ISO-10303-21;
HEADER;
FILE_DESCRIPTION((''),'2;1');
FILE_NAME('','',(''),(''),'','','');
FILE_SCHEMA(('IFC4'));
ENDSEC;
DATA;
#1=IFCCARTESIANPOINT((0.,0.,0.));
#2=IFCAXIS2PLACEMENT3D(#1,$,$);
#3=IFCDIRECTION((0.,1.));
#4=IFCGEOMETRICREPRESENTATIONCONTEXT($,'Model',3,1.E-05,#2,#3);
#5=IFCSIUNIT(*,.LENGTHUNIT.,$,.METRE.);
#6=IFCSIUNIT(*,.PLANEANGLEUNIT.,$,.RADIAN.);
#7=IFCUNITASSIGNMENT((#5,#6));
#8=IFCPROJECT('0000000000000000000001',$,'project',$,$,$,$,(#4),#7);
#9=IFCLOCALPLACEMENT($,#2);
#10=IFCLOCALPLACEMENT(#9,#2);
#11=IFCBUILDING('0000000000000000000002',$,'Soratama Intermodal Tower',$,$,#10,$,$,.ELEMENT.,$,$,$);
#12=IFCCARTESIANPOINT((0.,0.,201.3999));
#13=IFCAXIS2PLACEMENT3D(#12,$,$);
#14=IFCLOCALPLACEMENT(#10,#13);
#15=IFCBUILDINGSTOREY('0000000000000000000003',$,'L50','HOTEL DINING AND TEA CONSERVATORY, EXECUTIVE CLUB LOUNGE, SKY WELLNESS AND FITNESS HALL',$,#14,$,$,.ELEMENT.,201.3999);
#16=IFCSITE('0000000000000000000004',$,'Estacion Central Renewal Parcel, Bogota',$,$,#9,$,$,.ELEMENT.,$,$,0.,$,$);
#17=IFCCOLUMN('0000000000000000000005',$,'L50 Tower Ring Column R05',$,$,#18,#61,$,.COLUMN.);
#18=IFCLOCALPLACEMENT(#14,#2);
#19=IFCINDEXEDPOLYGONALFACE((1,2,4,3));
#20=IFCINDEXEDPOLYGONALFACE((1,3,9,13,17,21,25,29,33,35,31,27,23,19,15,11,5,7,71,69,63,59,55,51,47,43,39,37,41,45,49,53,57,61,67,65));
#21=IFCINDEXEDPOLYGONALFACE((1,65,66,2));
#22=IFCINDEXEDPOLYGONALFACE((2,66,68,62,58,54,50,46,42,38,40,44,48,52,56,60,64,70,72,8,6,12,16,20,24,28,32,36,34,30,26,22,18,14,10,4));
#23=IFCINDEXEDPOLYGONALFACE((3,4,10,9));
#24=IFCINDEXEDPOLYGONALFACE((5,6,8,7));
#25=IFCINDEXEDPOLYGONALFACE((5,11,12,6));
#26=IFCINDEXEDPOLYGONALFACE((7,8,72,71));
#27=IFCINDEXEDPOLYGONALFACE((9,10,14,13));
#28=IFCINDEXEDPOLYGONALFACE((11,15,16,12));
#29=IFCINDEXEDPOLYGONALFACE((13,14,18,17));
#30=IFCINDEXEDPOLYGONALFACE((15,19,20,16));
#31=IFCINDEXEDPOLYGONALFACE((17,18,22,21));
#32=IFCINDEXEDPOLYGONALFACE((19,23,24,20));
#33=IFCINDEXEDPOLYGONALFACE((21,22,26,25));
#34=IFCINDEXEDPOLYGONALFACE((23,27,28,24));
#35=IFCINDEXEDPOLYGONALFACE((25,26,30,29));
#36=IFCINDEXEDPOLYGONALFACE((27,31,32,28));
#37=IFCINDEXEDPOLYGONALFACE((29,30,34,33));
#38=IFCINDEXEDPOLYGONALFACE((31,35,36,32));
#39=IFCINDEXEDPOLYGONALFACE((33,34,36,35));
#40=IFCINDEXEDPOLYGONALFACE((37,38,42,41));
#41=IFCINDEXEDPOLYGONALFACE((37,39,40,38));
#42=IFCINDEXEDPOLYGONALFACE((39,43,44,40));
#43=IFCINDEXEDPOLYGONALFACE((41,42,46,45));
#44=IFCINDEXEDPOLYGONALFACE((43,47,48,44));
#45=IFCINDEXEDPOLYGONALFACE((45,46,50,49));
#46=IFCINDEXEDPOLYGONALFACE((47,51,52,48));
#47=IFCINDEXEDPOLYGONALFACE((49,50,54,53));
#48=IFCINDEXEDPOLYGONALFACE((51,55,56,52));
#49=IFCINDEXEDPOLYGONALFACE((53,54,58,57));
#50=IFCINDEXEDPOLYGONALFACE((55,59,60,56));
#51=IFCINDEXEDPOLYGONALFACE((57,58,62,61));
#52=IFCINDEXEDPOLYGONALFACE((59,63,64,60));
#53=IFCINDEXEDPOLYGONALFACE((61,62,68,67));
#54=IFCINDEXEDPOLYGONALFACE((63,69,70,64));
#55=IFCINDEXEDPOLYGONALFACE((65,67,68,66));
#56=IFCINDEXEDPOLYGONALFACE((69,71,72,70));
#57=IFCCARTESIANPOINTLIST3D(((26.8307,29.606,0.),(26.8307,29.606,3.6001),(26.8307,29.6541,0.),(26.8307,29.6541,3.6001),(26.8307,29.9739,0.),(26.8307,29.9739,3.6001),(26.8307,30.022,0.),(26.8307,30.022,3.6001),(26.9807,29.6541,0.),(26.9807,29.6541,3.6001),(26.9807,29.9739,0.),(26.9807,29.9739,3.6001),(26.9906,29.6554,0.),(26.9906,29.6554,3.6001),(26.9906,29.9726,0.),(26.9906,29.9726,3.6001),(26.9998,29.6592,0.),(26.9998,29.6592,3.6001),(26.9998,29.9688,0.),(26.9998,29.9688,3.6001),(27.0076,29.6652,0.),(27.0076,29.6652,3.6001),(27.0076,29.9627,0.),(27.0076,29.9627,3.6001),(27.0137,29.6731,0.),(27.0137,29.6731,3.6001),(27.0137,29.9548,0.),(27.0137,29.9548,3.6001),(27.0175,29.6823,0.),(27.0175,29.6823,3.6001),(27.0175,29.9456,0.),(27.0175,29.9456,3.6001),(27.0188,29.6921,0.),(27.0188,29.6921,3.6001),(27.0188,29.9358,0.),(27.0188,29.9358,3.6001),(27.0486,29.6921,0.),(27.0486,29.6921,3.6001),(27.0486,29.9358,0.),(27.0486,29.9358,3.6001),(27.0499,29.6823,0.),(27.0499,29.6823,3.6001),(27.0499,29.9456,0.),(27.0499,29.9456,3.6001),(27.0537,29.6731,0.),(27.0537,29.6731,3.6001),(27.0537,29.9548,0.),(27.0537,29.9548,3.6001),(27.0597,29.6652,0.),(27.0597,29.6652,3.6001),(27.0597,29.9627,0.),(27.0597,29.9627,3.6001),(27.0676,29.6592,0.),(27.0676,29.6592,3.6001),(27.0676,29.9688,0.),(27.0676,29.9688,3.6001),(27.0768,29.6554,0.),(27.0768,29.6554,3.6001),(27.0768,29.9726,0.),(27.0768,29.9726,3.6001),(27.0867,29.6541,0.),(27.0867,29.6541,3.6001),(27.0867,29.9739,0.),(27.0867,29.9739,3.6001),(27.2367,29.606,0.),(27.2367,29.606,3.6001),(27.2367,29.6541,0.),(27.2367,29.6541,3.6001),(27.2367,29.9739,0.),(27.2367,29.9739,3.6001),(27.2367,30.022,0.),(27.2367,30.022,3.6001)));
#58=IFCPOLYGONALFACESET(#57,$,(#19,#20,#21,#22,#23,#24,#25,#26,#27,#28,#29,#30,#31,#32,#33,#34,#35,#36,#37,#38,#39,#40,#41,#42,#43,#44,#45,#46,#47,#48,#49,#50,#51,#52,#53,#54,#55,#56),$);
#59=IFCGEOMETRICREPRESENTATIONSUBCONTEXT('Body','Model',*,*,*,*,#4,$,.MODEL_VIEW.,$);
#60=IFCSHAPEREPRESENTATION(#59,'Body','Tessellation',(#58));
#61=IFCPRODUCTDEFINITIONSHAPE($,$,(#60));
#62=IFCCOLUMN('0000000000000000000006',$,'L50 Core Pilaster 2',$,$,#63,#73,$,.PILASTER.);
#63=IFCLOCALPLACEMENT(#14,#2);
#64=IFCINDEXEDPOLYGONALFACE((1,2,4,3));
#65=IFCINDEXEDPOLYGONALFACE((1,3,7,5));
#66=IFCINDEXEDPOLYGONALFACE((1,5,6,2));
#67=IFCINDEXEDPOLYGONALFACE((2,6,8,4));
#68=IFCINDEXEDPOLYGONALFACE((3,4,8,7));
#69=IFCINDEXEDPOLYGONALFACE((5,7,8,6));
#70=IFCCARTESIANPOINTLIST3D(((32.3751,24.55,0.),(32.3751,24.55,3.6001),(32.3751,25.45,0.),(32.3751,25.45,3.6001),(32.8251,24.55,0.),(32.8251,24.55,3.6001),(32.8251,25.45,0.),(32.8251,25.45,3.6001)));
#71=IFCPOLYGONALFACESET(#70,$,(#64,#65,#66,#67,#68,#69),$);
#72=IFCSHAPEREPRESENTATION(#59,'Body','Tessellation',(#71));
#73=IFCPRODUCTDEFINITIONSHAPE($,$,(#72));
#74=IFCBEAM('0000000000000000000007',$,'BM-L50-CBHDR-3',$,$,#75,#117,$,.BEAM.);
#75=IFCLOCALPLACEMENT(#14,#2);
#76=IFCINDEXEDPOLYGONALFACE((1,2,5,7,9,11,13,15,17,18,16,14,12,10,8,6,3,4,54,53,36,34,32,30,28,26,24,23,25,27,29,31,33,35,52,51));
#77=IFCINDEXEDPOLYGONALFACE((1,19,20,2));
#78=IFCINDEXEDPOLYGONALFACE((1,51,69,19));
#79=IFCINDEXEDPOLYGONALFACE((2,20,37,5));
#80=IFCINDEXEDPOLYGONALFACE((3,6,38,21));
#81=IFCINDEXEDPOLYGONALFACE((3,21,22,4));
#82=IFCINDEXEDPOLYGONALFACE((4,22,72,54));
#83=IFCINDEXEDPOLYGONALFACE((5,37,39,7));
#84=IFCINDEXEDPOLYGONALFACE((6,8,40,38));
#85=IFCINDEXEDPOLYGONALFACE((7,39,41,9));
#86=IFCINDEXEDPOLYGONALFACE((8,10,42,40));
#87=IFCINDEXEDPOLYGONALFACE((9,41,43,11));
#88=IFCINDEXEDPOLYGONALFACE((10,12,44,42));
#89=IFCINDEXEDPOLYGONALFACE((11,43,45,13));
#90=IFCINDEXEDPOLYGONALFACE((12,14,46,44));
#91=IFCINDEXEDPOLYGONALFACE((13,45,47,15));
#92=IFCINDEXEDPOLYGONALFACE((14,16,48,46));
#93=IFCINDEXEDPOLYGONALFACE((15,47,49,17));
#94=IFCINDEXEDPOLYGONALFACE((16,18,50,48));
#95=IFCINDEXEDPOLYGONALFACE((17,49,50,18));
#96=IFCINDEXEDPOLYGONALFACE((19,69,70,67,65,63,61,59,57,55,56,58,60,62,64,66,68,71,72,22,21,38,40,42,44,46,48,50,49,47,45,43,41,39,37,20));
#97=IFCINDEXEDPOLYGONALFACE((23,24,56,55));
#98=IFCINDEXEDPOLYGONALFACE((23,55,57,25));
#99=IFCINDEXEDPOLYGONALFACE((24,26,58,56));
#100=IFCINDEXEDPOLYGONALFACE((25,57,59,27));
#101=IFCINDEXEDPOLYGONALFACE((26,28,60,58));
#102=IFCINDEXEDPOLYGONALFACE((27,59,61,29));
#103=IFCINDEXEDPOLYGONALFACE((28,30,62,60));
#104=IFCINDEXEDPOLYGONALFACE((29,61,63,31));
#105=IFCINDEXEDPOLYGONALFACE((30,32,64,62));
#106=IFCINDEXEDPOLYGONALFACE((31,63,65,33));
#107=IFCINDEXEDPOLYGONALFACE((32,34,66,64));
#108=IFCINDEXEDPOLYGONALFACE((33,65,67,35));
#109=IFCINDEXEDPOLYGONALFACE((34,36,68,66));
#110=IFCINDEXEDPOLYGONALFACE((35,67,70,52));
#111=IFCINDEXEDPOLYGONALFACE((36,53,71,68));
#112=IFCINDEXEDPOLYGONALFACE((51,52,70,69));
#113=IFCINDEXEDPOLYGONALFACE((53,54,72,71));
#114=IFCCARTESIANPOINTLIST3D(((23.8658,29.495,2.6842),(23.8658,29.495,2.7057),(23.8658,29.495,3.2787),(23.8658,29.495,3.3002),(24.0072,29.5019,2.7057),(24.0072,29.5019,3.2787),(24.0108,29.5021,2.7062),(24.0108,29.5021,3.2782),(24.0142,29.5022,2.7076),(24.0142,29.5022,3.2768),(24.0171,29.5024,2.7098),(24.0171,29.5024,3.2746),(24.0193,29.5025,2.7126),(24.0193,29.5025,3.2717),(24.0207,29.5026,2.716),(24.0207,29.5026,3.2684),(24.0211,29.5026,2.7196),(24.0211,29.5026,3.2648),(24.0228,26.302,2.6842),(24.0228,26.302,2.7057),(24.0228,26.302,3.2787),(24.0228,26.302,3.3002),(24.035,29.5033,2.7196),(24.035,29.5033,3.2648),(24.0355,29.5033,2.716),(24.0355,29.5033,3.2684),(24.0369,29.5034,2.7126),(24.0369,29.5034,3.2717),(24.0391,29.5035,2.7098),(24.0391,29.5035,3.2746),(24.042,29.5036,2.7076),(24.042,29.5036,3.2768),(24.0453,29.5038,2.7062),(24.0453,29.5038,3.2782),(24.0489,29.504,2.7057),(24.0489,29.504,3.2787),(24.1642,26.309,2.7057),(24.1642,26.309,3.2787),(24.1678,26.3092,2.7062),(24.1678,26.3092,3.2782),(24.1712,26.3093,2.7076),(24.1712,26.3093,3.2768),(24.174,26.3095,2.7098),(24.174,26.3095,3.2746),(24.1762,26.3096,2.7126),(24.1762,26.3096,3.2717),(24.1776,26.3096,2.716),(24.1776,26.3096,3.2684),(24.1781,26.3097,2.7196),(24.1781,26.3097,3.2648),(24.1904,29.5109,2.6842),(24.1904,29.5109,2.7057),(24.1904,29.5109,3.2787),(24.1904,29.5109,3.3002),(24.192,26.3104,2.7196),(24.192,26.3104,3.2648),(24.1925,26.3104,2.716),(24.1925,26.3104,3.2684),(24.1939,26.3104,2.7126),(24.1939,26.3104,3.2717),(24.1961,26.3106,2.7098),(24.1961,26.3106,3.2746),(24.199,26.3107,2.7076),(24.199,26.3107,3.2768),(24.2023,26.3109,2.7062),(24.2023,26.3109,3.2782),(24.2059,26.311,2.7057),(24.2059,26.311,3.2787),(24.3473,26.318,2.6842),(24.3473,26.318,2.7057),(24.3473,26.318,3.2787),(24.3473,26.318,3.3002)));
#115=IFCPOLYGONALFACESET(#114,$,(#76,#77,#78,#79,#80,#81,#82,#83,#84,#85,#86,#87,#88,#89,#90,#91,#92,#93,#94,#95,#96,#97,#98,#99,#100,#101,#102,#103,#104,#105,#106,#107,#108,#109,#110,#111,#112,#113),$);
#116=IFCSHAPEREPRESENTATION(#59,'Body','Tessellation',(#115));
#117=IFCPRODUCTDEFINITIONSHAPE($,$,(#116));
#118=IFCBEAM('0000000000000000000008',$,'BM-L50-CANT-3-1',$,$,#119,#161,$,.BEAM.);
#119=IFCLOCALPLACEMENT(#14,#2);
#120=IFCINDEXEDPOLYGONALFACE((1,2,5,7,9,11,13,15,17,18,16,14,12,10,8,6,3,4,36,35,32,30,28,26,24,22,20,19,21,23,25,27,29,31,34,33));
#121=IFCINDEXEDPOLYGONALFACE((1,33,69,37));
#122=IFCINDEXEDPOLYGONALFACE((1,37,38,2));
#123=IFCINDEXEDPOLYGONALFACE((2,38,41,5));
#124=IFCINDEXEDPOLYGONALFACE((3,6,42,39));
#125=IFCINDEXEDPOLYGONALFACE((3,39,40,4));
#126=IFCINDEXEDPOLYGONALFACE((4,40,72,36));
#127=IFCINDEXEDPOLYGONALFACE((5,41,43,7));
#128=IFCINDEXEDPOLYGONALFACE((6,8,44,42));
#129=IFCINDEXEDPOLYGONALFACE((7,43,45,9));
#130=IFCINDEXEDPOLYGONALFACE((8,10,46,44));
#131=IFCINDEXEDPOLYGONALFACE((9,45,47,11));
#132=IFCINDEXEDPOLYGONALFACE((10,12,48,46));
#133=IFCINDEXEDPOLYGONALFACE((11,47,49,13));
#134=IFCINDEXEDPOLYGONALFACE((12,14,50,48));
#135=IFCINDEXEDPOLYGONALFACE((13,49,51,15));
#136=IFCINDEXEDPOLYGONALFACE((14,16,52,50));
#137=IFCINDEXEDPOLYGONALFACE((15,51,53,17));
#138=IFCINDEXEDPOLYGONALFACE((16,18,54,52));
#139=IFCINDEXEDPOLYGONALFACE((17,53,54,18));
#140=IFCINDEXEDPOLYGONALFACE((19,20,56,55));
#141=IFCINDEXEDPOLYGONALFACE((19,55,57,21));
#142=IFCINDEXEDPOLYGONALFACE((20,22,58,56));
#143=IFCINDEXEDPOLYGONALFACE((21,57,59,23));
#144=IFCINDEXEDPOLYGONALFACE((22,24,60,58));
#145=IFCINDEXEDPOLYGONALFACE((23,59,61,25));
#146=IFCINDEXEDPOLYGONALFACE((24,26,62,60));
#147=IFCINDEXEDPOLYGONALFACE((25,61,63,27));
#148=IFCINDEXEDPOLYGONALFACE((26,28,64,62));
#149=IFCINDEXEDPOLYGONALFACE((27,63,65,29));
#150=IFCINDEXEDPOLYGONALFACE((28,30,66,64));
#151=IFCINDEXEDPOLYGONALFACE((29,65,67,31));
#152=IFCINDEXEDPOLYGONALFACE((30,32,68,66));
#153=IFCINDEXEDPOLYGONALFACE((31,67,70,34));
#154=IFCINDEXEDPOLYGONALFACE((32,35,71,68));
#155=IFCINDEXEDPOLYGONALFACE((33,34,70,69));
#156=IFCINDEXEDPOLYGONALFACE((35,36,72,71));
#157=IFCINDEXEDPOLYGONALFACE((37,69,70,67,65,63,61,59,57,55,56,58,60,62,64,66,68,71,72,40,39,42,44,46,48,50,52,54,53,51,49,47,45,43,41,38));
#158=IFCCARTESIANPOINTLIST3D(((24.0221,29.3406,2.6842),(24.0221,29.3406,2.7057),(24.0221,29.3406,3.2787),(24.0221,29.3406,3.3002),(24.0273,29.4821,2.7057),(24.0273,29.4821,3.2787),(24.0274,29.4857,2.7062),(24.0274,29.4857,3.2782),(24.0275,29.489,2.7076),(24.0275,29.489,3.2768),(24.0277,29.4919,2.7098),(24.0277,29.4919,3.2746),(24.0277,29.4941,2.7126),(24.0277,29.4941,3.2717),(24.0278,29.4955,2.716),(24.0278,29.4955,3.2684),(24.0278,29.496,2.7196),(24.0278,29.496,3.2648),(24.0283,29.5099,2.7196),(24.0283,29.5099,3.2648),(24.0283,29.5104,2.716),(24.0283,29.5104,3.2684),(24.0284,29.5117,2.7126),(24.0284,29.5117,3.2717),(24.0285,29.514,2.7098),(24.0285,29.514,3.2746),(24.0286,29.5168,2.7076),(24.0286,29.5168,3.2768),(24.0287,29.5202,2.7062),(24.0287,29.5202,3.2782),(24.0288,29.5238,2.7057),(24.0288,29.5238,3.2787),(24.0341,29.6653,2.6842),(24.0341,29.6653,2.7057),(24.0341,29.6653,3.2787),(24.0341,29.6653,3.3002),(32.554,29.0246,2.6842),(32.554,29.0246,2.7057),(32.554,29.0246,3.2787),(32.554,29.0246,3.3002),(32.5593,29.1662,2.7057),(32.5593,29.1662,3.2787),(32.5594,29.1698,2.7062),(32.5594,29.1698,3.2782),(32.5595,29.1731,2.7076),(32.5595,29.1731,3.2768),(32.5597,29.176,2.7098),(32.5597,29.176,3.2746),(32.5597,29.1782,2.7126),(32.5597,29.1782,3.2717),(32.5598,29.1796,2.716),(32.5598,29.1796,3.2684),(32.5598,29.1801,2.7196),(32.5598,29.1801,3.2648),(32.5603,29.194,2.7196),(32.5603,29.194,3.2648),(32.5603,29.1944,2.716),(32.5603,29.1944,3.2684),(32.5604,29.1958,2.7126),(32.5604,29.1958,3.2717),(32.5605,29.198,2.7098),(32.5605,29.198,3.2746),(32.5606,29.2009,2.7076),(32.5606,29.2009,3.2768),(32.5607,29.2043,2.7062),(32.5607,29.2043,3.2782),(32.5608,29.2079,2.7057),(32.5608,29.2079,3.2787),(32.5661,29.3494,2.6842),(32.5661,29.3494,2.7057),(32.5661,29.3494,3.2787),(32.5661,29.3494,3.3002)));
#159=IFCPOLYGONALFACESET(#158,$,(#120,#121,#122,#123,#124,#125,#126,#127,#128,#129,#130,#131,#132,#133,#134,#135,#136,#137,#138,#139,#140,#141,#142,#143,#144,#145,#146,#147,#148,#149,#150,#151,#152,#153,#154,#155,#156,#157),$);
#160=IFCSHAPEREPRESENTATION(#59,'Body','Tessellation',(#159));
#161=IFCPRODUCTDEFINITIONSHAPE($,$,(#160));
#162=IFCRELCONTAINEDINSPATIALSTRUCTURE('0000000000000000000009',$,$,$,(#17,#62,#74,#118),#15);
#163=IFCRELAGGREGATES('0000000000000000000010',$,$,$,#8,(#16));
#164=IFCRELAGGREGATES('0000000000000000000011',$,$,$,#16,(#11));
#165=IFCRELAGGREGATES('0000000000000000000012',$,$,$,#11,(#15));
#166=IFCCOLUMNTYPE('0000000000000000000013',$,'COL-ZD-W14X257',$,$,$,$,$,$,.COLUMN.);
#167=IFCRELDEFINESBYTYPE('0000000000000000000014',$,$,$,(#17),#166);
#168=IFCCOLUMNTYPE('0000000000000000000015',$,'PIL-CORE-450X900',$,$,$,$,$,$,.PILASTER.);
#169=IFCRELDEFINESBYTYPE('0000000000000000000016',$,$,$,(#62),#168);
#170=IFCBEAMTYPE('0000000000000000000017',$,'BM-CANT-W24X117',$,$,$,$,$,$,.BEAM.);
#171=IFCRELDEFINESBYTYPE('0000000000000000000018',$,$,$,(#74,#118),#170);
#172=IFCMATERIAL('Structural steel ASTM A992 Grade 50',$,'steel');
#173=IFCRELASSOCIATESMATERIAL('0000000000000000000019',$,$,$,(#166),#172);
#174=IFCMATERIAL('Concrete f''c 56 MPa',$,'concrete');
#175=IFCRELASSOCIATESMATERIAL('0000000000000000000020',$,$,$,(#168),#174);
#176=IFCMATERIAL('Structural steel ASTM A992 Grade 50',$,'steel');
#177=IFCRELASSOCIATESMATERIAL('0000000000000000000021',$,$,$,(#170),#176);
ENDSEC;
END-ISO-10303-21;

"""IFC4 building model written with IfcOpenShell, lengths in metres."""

from ifc_helpers import new_model, si_unit, direction, frame, origin, origin_2d, place, context, subcontext, project, spatial, rectangle, i_section, extrude, material, material_profile, profile_set, type_object, element, save


model = new_model("IFC4")

# Units and contexts
model_context = context("Model", 3, precision=1e-05, world=origin(), true_north=direction((0.0, 1.0)))
body_context = subcontext(model_context, "Body", "Model", "MODEL_VIEW")
ifc_project = project(units=[si_unit("LENGTHUNIT", "METRE"), si_unit("PLANEANGLEUNIT", "RADIAN")], contexts=[model_context])

# Site, building, storey
site_placement = place(None, origin())
site = spatial("IfcSite", under=ifc_project, at=site_placement, Name="Estacion Central Renewal Parcel, Bogota", CompositionType="ELEMENT", RefElevation=0.0)
building_placement = place(site_placement, origin())
building = spatial("IfcBuilding", under=site, at=building_placement, Name="Soratama Intermodal Tower", CompositionType="ELEMENT")
storey_placement = place(building_placement, frame((0.0, 0.0, 201.3999)))
storey = spatial("IfcBuildingStorey", under=building, at=storey_placement, Name="L50", Description="HOTEL DINING AND TEA CONSERVATORY, EXECUTIVE CLUB LOUNGE, SKY WELLNESS AND FITNESS HALL", CompositionType="ELEMENT", Elevation=201.3999)

# Columns
ifc_material_1 = material(Name="Structural steel ASTM A992 Grade 50", Category="steel")
ifc_material_profile_1 = material_profile(ifc_material_1, i_section(OverallWidth=0.406, OverallDepth=0.416, WebThickness=0.0298, FlangeThickness=0.0481, FilletRadius=0.0381, at=origin_2d()), Name="W14X257")
ifc_profile_set_1 = profile_set([ifc_material_profile_1], Name="Structural steel ASTM A992 Grade 50")
column_type_1 = type_object("IfcColumnType", Name="COL-ZD-W14X257", PredefinedType="COLUMN", material=ifc_profile_set_1)
column_1_placement = place(storey_placement, frame((27.0337, 29.814, 0.0), z_axis=(0.0, 0.0, 1.0), x_axis=(1.0, 0.0, 0.0)))
element("IfcColumn", 1, at=column_1_placement, inside=storey, type_object=column_type_1, Name="L50 Tower Ring Column R05", PredefinedType="COLUMN", context=body_context, shape_type="SweptSolid", body=[
    extrude(i_section(OverallWidth=0.406, OverallDepth=0.416, WebThickness=0.0298, FlangeThickness=0.0481, FilletRadius=0.0381, at=origin_2d()), origin(), (0.0, 0.0, 1.0), 3.6001),
])
ifc_material_2 = material(Name="Concrete f'c 56 MPa", Category="concrete")
ifc_material_profile_2 = material_profile(ifc_material_2, rectangle(XDim=0.45, YDim=0.8999, at=origin_2d()), Name="RC450X900")
ifc_profile_set_2 = profile_set([ifc_material_profile_2], Name="Concrete f'c 56 MPa")
column_type_2 = type_object("IfcColumnType", Name="PIL-CORE-450X900", PredefinedType="PILASTER", material=ifc_profile_set_2)
column_2_placement = place(storey_placement, frame((32.6001, 25.0, 0.0), z_axis=(0.0, 0.0, 1.0), x_axis=(1.0, 0.0, 0.0)))
element("IfcColumn", 2, at=column_2_placement, inside=storey, type_object=column_type_2, Name="L50 Core Pilaster 2", PredefinedType="PILASTER", context=body_context, shape_type="SweptSolid", body=[
    extrude(rectangle(XDim=0.45, YDim=0.8999, at=origin_2d()), origin(), (0.0, 0.0, 1.0), 3.6001),
])

# Beams
ifc_material_3 = material(Name="Structural steel ASTM A992 Grade 50", Category="steel")
ifc_material_profile_3 = material_profile(ifc_material_3, i_section(OverallWidth=0.325, OverallDepth=0.616, WebThickness=0.0139, FlangeThickness=0.0215, FilletRadius=0.0139, at=origin_2d()), Name="W24X117")
ifc_profile_set_3 = profile_set([ifc_material_profile_3], Name="Structural steel ASTM A992 Grade 50")
beam_type_1 = type_object("IfcBeamType", Name="BM-CANT-W24X117", PredefinedType="BEAM", material=ifc_profile_set_3)
beam_1_placement = place(storey_placement, frame((24.0281, 29.5029, 2.9922), z_axis=(0.049107, -0.998794, 0.0), x_axis=(0.998794, 0.049107, 0.0)))
element("IfcBeam", 3, at=beam_1_placement, inside=storey, type_object=beam_type_1, Name="BM-L50-CBHDR-3", PredefinedType="BEAM", context=body_context, shape_type="SweptSolid", body=[
    extrude(i_section(OverallWidth=0.325, OverallDepth=0.616, WebThickness=0.0139, FlangeThickness=0.0215, FilletRadius=0.0139, at=origin_2d()), origin(), (0.0, 0.0, 1.0), 3.1968),
])
beam_2_placement = place(storey_placement, frame((32.5601, 29.187, 2.9922), z_axis=(-0.999315, 0.037002, 0.0), x_axis=(-0.037002, -0.999315, 0.0)))
element("IfcBeam", 4, at=beam_2_placement, inside=storey, type_object=beam_type_1, Name="BM-L50-CANT-3-1", PredefinedType="BEAM", context=body_context, shape_type="SweptSolid", body=[
    extrude(i_section(OverallWidth=0.325, OverallDepth=0.616, WebThickness=0.0139, FlangeThickness=0.0215, FilletRadius=0.0139, at=origin_2d()), origin(), (0.0, 0.0, 1.0), 8.5378),
])

save(model, "model.ifc")
